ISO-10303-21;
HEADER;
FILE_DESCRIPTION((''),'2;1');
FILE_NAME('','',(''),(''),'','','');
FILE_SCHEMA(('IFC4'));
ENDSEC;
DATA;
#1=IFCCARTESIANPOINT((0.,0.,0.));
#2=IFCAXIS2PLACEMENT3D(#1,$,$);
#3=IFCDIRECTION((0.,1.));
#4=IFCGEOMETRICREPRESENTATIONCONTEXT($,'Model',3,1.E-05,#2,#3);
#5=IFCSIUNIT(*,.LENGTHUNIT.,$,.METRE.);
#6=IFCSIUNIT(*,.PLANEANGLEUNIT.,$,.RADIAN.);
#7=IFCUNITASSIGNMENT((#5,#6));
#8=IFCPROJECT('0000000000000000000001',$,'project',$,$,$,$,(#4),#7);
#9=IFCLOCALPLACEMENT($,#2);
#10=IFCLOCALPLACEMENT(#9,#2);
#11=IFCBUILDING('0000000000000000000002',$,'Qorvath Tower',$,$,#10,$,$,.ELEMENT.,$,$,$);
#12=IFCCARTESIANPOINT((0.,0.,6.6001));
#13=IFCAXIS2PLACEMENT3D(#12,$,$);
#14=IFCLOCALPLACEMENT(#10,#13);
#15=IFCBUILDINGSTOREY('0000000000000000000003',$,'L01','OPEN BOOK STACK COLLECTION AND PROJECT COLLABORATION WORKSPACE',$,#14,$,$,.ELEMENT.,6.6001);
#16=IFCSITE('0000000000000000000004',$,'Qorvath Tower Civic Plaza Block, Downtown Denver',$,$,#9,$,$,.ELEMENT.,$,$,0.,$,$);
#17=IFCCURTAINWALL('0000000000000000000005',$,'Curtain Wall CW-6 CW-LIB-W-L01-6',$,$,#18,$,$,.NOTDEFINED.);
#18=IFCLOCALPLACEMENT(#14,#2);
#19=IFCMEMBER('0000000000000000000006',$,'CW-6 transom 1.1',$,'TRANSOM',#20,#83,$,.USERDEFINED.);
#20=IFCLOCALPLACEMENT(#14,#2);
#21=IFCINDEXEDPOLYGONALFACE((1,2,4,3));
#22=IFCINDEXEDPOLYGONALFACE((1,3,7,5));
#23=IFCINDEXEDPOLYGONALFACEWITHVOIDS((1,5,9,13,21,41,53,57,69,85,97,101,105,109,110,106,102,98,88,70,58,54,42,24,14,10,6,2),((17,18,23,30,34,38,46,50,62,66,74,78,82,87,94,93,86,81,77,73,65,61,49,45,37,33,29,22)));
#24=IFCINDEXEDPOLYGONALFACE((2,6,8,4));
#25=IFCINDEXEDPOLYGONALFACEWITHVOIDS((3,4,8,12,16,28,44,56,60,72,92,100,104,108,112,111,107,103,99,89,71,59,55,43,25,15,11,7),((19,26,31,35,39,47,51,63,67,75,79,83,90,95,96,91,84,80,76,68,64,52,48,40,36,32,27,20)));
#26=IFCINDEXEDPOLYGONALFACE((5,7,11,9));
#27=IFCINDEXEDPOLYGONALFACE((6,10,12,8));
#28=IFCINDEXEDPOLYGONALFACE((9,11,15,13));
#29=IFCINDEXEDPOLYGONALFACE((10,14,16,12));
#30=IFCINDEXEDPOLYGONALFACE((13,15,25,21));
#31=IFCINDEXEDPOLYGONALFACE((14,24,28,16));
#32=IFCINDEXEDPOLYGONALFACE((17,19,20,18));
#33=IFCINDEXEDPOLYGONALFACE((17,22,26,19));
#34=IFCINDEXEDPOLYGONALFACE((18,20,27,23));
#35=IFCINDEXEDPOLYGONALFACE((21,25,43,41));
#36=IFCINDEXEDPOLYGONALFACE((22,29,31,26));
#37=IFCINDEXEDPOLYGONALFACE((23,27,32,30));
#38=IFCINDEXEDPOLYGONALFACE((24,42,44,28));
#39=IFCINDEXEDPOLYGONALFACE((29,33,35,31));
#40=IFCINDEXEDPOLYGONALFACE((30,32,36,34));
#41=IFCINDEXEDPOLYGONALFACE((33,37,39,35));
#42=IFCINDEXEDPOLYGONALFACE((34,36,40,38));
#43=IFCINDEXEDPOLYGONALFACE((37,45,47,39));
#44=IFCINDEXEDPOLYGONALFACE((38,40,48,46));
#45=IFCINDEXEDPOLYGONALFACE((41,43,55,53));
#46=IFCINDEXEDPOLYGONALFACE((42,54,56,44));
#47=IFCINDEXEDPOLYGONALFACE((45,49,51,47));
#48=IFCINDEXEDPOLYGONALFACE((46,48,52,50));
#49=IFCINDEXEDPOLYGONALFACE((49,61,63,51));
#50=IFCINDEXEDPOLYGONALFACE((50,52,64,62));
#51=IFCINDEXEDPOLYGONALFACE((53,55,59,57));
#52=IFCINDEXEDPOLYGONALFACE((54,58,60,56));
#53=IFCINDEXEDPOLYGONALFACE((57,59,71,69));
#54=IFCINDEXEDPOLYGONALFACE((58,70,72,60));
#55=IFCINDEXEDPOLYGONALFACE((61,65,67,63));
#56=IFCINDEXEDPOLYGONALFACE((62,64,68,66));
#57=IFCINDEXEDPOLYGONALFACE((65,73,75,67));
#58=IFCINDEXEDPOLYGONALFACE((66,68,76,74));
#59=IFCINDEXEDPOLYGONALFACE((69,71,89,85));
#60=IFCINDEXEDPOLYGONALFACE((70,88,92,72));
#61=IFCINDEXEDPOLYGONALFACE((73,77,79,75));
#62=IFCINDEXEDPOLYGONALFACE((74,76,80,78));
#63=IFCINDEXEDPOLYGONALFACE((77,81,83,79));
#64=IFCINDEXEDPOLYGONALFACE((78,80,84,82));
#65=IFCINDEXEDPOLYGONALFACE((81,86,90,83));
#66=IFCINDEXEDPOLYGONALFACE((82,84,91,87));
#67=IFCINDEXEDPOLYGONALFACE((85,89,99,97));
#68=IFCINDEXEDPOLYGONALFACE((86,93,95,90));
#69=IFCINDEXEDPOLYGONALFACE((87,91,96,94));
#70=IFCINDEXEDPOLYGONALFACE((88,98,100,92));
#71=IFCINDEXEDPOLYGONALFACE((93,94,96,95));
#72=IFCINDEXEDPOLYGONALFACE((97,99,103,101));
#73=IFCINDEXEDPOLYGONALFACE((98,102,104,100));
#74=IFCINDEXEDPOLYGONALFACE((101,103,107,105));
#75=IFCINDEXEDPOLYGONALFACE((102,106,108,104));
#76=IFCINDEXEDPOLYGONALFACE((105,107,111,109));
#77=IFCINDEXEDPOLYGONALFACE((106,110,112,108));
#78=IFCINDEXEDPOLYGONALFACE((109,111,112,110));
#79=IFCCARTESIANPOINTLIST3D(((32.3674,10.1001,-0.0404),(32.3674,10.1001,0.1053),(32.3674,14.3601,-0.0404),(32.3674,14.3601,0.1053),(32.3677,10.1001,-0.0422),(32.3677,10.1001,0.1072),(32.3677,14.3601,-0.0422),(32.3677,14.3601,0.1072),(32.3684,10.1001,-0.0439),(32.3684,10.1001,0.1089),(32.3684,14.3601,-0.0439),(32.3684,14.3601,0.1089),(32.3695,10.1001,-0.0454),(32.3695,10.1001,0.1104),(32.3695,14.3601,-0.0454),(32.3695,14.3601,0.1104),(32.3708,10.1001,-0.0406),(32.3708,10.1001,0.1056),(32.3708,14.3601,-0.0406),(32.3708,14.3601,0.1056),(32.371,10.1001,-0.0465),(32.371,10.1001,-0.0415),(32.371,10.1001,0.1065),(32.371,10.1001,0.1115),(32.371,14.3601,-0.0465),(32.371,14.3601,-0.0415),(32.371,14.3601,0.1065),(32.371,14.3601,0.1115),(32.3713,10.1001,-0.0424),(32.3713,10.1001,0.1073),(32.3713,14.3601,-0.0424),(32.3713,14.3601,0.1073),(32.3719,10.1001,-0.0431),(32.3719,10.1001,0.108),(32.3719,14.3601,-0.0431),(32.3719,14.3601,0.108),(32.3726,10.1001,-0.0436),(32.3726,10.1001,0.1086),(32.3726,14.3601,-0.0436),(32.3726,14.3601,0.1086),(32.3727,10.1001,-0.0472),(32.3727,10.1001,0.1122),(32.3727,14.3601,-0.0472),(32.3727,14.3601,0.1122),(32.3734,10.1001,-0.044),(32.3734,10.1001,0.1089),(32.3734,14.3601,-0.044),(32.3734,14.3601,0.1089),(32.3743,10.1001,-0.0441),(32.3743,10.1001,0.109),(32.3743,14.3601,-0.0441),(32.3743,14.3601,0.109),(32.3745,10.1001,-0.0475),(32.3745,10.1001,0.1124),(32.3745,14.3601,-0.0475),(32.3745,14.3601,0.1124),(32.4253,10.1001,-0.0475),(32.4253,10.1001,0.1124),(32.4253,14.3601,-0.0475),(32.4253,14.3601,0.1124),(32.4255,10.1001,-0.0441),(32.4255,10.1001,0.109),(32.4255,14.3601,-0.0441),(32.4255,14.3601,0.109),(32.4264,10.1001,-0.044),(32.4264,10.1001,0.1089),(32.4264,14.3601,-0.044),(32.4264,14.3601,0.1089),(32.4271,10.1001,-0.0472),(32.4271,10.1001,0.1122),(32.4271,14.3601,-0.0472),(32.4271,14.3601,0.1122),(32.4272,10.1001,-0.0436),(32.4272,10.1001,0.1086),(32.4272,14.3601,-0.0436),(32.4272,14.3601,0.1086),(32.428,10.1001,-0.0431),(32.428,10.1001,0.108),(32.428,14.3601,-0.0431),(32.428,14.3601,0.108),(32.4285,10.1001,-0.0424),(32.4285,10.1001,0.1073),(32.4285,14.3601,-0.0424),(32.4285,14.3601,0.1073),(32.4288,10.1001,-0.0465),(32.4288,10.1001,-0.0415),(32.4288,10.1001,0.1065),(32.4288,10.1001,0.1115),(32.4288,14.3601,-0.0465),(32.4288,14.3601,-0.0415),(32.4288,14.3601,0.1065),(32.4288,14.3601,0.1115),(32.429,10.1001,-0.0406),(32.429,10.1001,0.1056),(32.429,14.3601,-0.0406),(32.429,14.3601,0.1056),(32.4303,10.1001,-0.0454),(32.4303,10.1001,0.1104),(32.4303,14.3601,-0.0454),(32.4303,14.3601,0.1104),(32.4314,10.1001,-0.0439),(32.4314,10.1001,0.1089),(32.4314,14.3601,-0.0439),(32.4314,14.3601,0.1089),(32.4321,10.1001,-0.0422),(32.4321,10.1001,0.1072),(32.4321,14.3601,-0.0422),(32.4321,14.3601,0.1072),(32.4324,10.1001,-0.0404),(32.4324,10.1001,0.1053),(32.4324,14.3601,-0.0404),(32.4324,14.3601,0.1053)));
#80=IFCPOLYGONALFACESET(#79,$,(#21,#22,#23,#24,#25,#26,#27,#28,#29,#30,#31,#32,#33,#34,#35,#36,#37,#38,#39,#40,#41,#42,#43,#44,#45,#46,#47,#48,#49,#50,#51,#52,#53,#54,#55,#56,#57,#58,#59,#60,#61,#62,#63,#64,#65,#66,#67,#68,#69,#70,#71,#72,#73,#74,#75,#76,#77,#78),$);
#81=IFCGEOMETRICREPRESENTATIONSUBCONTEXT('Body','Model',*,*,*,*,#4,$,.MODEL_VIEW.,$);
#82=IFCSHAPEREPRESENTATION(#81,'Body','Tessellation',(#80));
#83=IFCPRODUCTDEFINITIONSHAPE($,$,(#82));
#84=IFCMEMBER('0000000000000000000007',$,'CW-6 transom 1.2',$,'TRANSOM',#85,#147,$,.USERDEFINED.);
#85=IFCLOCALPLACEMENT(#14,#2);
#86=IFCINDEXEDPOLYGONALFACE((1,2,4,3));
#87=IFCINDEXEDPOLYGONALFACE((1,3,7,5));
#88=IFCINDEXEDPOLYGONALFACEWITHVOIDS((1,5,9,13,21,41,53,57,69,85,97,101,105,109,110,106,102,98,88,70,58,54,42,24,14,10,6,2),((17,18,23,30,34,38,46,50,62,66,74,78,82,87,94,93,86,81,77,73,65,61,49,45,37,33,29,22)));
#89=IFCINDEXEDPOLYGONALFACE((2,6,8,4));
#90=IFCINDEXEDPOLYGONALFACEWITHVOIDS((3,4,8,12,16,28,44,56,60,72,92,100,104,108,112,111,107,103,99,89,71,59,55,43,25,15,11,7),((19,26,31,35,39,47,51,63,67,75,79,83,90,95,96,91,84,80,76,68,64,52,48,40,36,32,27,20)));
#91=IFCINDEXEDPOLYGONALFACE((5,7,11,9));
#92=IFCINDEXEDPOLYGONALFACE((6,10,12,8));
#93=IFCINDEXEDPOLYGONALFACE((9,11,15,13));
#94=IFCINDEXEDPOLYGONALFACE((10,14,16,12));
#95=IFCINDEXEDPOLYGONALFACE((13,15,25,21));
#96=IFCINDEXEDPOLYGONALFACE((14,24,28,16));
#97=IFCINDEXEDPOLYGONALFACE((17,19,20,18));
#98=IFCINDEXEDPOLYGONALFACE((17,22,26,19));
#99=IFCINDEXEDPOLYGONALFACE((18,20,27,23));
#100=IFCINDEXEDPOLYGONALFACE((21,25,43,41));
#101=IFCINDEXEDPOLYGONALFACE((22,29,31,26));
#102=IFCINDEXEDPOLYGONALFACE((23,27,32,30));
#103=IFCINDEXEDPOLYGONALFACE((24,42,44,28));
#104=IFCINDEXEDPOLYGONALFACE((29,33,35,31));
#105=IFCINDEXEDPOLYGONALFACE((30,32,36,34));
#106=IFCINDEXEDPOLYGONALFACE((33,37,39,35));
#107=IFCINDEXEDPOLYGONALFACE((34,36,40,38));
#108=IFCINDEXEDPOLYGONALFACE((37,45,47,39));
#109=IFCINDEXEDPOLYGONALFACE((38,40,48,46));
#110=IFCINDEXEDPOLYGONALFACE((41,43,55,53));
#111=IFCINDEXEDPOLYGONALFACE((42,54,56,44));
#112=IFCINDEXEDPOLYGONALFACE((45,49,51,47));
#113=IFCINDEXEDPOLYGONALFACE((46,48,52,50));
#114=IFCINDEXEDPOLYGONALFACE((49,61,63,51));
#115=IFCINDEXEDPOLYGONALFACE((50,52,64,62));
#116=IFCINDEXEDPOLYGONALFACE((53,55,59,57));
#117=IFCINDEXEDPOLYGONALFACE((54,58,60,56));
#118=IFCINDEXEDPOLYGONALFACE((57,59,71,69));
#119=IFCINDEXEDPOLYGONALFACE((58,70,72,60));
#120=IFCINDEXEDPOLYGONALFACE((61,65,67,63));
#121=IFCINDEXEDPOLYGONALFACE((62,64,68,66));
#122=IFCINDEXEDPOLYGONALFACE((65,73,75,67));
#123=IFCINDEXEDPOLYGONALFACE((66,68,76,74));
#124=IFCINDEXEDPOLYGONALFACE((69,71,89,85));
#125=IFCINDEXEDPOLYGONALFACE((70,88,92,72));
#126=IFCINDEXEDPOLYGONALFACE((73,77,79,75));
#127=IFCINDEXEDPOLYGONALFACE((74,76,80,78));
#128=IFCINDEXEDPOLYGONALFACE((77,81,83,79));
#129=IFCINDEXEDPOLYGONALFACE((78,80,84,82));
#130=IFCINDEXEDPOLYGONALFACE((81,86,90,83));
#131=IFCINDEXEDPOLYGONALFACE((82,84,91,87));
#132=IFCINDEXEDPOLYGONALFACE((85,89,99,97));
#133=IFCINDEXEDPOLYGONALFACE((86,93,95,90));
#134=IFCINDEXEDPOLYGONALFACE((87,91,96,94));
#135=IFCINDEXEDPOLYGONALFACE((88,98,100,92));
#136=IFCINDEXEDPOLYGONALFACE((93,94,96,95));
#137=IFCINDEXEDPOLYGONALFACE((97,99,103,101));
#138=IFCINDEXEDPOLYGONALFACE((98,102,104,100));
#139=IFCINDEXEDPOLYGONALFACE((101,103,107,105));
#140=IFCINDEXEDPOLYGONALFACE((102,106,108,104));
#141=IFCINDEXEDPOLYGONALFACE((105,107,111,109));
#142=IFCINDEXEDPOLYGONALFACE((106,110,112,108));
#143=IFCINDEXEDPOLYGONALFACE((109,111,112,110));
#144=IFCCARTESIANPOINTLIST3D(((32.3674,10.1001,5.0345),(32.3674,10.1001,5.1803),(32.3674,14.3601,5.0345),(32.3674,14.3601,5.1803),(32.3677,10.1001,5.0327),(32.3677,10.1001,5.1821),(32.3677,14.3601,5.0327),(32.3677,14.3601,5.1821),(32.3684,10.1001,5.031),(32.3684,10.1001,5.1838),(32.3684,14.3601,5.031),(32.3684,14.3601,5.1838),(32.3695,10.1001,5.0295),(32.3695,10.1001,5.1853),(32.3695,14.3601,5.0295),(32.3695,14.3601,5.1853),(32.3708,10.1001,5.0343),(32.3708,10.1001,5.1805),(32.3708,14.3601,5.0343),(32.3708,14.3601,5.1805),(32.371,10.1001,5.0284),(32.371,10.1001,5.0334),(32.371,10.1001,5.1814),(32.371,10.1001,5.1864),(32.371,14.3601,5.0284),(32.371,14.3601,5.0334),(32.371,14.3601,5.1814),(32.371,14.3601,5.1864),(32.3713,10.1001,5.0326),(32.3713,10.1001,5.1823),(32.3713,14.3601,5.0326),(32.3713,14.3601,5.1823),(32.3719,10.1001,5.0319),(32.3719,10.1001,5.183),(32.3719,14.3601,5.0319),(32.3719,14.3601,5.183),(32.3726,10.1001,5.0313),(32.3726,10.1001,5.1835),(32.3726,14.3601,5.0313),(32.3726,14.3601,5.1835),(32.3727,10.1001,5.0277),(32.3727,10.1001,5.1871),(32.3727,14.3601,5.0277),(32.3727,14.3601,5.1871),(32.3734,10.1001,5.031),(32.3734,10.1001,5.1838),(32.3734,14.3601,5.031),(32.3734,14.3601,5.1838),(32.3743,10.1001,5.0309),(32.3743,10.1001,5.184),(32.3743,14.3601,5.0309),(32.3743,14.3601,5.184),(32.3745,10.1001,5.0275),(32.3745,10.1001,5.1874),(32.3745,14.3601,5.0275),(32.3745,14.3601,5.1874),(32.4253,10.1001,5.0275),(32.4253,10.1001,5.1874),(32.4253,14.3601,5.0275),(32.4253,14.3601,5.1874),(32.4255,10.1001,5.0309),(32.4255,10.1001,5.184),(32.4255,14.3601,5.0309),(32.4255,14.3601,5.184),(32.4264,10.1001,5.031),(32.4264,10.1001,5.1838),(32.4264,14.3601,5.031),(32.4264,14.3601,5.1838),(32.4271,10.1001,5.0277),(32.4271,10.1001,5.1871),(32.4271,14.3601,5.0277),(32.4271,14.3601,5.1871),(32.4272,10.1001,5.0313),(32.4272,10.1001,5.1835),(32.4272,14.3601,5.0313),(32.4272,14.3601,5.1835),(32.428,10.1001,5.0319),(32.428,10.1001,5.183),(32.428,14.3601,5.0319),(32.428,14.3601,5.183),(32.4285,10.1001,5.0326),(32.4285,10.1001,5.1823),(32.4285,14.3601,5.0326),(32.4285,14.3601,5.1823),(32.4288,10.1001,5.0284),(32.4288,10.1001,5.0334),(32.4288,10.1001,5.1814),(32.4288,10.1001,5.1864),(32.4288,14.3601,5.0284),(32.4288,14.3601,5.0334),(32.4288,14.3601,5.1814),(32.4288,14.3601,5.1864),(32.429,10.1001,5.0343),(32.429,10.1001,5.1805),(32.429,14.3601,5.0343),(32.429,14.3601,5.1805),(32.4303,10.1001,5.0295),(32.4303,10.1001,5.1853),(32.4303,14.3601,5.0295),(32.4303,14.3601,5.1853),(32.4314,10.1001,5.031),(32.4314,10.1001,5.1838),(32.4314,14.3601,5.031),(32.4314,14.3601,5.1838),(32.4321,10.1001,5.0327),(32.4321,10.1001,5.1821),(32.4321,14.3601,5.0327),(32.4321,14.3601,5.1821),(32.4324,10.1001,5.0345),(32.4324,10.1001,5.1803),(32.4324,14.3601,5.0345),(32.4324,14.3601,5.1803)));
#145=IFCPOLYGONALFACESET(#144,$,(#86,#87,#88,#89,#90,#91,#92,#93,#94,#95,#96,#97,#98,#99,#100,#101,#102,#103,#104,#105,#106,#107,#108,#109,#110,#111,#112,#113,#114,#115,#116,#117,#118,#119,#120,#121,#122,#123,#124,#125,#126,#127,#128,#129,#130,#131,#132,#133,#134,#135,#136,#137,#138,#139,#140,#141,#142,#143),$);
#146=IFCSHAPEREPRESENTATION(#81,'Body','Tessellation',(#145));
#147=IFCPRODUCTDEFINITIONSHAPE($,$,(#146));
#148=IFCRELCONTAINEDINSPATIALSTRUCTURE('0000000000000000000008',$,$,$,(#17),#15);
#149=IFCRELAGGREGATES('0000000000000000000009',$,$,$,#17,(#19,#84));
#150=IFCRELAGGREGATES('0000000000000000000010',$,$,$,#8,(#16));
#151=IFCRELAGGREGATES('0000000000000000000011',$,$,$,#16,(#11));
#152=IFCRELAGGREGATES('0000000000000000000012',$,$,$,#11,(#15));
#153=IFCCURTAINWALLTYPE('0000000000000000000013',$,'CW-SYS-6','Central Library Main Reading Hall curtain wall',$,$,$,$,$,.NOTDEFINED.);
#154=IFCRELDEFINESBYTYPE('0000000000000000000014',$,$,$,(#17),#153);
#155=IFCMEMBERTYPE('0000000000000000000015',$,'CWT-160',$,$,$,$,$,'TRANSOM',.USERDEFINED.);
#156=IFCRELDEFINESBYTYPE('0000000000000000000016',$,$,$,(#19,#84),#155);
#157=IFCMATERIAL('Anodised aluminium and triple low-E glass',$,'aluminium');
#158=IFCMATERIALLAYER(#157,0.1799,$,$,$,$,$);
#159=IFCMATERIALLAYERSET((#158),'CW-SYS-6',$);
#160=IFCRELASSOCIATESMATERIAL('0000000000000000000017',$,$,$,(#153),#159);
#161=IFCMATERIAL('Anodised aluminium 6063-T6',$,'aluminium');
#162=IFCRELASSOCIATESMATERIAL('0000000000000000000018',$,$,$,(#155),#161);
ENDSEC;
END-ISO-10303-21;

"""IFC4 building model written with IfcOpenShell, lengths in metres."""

from ifc_helpers import new_model, si_unit, direction, frame, origin, origin_2d, place, context, subcontext, project, spatial, hollow_rectangle, extrude, material, layer, layer_set, material_profile, profile_set, type_object, element, aggregate, save


model = new_model("IFC4")

# Units and contexts
model_context = context("Model", 3, precision=1e-05, world=origin(), true_north=direction((0.0, 1.0)))
body_context = subcontext(model_context, "Body", "Model", "MODEL_VIEW")
ifc_project = project(units=[si_unit("LENGTHUNIT", "METRE"), si_unit("PLANEANGLEUNIT", "RADIAN")], contexts=[model_context])

# Site, building, storey
site_placement = place(None, origin())
site = spatial("IfcSite", under=ifc_project, at=site_placement, Name="Qorvath Tower Civic Plaza Block, Downtown Denver", CompositionType="ELEMENT", RefElevation=0.0)
building_placement = place(site_placement, origin())
building = spatial("IfcBuilding", under=site, at=building_placement, Name="Qorvath Tower", CompositionType="ELEMENT")
storey_placement = place(building_placement, frame((0.0, 0.0, 6.6001)))
storey = spatial("IfcBuildingStorey", under=building, at=storey_placement, Name="L01", Description="OPEN BOOK STACK COLLECTION AND PROJECT COLLABORATION WORKSPACE", CompositionType="ELEMENT", Elevation=6.6001)

# Curtain wall, members
ifc_material_1 = material(Name="Anodised aluminium and triple low-E glass", Category="aluminium")
ifc_layer_1 = layer(ifc_material_1, 0.1799)
ifc_layer_set_1 = layer_set([ifc_layer_1], Name="CW-SYS-6")
curtain_wall_type = type_object("IfcCurtainWallType", Name="CW-SYS-6", Description="Central Library Main Reading Hall curtain wall", PredefinedType="NOTDEFINED", material=ifc_layer_set_1)
curtain_wall_placement = place(storey_placement, origin())
curtain_wall = element("IfcCurtainWall", 1, at=curtain_wall_placement, inside=storey, type_object=curtain_wall_type, Name="Curtain Wall CW-6 CW-LIB-W-L01-6", PredefinedType="NOTDEFINED")
ifc_material_2 = material(Name="Anodised aluminium 6063-T6", Category="aluminium")
ifc_material_profile_1 = material_profile(ifc_material_2, hollow_rectangle(XDim=0.0649, YDim=0.1599, WallThickness=0.0034, InnerFilletRadius=0.0034, OuterFilletRadius=0.0071, at=origin_2d()), Name="CWT 160x65")
ifc_profile_set_1 = profile_set([ifc_material_profile_1], Name="Anodised aluminium 6063-T6")
member_type_1 = type_object("IfcMemberType", Name="CWT-160", ElementType="TRANSOM", PredefinedType="USERDEFINED", material=ifc_profile_set_1)
member_1_placement = place(storey_placement, frame((32.3999, 10.1001, 0.0325), z_axis=(0.0, 1.0, 0.0), x_axis=(-1.0, 0.0, 0.0)))
member_1 = element("IfcMember", 2, at=member_1_placement, type_object=member_type_1, Name="CW-6 transom 1.1", ObjectType="TRANSOM", PredefinedType="USERDEFINED", context=body_context, shape_type="SweptSolid", body=[
    extrude(hollow_rectangle(XDim=0.0649, YDim=0.1599, WallThickness=0.0034, InnerFilletRadius=0.0034, OuterFilletRadius=0.0071, at=origin_2d()), origin(), (0.0, 0.0, 1.0), 4.26),
])
member_2_placement = place(storey_placement, frame((32.3999, 10.1001, 5.1074), z_axis=(0.0, 1.0, 0.0), x_axis=(-1.0, 0.0, 0.0)))
member_2 = element("IfcMember", 3, at=member_2_placement, type_object=member_type_1, Name="CW-6 transom 1.2", ObjectType="TRANSOM", PredefinedType="USERDEFINED", context=body_context, shape_type="SweptSolid", body=[
    extrude(hollow_rectangle(XDim=0.0649, YDim=0.1599, WallThickness=0.0034, InnerFilletRadius=0.0034, OuterFilletRadius=0.0071, at=origin_2d()), origin(), (0.0, 0.0, 1.0), 4.26),
])
aggregate(curtain_wall, [member_1, member_2])

save(model, "model.ifc")
